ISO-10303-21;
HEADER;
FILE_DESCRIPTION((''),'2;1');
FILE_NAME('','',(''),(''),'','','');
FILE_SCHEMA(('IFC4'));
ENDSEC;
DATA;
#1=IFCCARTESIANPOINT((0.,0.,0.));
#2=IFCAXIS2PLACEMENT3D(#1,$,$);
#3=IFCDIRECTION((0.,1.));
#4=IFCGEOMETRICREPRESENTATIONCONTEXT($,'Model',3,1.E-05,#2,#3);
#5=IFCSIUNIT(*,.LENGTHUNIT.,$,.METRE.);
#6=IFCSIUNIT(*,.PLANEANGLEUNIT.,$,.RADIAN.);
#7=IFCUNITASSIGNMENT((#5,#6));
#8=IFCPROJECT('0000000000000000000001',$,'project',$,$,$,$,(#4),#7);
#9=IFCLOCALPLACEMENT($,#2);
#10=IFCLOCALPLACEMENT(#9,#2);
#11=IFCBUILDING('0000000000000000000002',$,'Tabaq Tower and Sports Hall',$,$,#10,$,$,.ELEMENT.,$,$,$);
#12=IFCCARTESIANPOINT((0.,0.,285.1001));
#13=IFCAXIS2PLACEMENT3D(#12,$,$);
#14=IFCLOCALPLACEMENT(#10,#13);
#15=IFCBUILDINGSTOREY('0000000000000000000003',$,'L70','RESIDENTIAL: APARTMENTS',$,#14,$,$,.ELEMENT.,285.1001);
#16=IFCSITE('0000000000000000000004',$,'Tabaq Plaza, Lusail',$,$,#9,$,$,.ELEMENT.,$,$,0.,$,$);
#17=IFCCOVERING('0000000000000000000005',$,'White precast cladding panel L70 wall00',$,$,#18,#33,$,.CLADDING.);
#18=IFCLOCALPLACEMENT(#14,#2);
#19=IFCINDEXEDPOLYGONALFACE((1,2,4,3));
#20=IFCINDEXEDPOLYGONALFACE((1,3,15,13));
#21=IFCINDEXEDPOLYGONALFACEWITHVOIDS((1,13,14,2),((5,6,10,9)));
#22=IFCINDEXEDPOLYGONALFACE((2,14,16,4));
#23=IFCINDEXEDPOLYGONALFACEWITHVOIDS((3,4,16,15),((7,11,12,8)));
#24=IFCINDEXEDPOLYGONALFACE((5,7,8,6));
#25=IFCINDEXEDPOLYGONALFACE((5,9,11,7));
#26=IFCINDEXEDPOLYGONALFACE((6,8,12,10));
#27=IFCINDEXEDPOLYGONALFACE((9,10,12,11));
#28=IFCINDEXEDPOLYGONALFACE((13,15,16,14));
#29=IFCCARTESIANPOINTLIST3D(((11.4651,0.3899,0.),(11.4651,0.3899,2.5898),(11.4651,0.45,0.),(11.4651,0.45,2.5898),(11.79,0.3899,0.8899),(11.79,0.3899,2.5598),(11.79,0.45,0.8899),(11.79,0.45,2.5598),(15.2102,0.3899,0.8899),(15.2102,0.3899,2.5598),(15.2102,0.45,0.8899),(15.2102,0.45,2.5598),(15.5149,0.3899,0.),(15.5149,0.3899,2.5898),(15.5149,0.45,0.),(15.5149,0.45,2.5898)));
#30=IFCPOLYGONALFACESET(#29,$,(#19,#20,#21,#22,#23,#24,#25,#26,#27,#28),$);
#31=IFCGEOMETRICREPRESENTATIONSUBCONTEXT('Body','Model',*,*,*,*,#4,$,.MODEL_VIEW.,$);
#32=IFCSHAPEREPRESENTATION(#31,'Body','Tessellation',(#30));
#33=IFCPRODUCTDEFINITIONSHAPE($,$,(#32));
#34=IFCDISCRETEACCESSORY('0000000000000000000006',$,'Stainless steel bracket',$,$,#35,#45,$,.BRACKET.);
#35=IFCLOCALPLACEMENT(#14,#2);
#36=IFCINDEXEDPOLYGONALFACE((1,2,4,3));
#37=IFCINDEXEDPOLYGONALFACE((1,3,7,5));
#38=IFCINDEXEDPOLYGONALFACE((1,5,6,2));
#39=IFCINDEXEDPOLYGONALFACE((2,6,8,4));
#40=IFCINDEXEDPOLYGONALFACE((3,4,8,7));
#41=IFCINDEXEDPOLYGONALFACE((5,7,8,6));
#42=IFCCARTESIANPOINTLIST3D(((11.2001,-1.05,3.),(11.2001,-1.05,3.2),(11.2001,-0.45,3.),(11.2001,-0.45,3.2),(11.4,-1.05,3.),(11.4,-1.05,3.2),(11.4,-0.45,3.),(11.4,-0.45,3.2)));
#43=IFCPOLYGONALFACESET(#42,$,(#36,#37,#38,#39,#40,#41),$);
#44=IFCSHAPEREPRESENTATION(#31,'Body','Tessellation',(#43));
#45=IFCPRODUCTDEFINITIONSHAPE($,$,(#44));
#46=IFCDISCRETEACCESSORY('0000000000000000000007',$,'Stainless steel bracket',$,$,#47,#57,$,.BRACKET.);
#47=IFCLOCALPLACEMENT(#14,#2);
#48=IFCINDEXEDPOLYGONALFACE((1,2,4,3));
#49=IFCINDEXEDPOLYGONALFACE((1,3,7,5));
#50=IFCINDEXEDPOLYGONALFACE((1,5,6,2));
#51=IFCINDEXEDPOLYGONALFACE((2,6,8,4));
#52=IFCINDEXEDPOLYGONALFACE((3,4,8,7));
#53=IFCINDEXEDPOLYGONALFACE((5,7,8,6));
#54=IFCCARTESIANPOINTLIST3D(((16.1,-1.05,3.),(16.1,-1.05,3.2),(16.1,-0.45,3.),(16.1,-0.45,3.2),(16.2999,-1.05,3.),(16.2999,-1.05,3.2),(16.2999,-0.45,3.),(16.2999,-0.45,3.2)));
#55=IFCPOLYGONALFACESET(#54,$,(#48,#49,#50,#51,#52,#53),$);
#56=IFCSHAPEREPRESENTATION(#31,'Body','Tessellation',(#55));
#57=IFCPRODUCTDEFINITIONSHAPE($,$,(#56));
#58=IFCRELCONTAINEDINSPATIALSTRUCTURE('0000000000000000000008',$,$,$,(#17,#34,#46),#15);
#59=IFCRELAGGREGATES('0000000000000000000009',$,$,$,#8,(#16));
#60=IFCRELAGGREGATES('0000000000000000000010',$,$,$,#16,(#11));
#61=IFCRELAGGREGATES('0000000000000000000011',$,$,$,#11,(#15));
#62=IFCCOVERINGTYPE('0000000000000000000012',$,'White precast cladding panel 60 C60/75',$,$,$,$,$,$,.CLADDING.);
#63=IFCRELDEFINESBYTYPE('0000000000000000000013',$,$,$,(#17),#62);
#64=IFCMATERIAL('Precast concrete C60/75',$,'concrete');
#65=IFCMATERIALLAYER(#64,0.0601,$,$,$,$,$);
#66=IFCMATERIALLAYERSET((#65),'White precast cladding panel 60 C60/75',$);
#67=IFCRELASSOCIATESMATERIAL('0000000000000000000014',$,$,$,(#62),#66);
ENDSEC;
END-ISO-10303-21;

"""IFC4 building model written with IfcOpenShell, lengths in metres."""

from ifc_helpers import new_model, si_unit, direction, frame, origin, origin_2d, place, context, subcontext, project, spatial, polyline, rectangle, outline, extrude, material, layer, layer_set, type_object, element, save


model = new_model("IFC4")

# Units and contexts
model_context = context("Model", 3, precision=1e-05, world=origin(), true_north=direction((0.0, 1.0)))
body_context = subcontext(model_context, "Body", "Model", "MODEL_VIEW")
ifc_project = project(units=[si_unit("LENGTHUNIT", "METRE"), si_unit("PLANEANGLEUNIT", "RADIAN")], contexts=[model_context])

# Site, building, storey
site_placement = place(None, origin())
site = spatial("IfcSite", under=ifc_project, at=site_placement, Name="Tabaq Plaza, Lusail", CompositionType="ELEMENT", RefElevation=0.0)
building_placement = place(site_placement, origin())
building = spatial("IfcBuilding", under=site, at=building_placement, Name="Tabaq Tower and Sports Hall", CompositionType="ELEMENT")
storey_placement = place(building_placement, frame((0.0, 0.0, 285.1001)))
storey = spatial("IfcBuildingStorey", under=building, at=storey_placement, Name="L70", Description="RESIDENTIAL: APARTMENTS", CompositionType="ELEMENT", Elevation=285.1001)

# Covering
ifc_material_1 = material(Name="Precast concrete C60/75", Category="concrete")
ifc_layer_1 = layer(ifc_material_1, 0.0601)
ifc_layer_set_1 = layer_set([ifc_layer_1], Name="White precast cladding panel 60 C60/75")
covering_type_1 = type_object("IfcCoveringType", Name="White precast cladding panel 60 C60/75", PredefinedType="CLADDING", material=ifc_layer_set_1)
covering_1_placement = place(storey_placement, frame((11.4651, 0.4199, 0.0), z_axis=(0.0, 0.0, 1.0), x_axis=(1.0, 0.0, 0.0)))
element("IfcCovering", 1, at=covering_1_placement, inside=storey, type_object=covering_type_1, Name="White precast cladding panel L70 wall00", PredefinedType="CLADDING", context=body_context, shape_type="SweptSolid", body=[
    extrude(outline(polyline([(0.0, 0.0), (4.0498, 0.0), (4.0498, 2.5898), (0.0, 2.5898), (0.0, 0.0)]), holes=[polyline([(3.7451, 0.8899), (0.325, 0.8899), (0.325, 2.5598), (3.7451, 2.5598), (3.7451, 0.8899)])]), frame((0.0, 0.03, 0.0), z_axis=(0.0, -1.0, 0.0), x_axis=(1.0, 0.0, 0.0)), (0.0, 0.0, 1.0), 0.0601),
])

# Discrete accessories
for number, where, z_axis, x_axis, name in (
    (2, (11.3, -0.75, 3.0), (0.0, 0.0, 1.0), (0.0, -1.0, 0.0), "Stainless steel bracket"),
    (3, (16.2, -0.75, 3.0), (0.0, 0.0, 1.0), (0.0, -1.0, 0.0), "Stainless steel bracket"),
):
    element("IfcDiscreteAccessory", number, at=place(storey_placement, frame(where, z_axis=z_axis, x_axis=x_axis)), inside=storey, Name=name, PredefinedType="BRACKET", context=body_context, shape_type="SweptSolid", body=[
        extrude(rectangle(XDim=0.6001, YDim=0.2, at=origin_2d()), origin(), (0.0, 0.0, 1.0), 0.2),
    ])

save(model, "model.ifc")
